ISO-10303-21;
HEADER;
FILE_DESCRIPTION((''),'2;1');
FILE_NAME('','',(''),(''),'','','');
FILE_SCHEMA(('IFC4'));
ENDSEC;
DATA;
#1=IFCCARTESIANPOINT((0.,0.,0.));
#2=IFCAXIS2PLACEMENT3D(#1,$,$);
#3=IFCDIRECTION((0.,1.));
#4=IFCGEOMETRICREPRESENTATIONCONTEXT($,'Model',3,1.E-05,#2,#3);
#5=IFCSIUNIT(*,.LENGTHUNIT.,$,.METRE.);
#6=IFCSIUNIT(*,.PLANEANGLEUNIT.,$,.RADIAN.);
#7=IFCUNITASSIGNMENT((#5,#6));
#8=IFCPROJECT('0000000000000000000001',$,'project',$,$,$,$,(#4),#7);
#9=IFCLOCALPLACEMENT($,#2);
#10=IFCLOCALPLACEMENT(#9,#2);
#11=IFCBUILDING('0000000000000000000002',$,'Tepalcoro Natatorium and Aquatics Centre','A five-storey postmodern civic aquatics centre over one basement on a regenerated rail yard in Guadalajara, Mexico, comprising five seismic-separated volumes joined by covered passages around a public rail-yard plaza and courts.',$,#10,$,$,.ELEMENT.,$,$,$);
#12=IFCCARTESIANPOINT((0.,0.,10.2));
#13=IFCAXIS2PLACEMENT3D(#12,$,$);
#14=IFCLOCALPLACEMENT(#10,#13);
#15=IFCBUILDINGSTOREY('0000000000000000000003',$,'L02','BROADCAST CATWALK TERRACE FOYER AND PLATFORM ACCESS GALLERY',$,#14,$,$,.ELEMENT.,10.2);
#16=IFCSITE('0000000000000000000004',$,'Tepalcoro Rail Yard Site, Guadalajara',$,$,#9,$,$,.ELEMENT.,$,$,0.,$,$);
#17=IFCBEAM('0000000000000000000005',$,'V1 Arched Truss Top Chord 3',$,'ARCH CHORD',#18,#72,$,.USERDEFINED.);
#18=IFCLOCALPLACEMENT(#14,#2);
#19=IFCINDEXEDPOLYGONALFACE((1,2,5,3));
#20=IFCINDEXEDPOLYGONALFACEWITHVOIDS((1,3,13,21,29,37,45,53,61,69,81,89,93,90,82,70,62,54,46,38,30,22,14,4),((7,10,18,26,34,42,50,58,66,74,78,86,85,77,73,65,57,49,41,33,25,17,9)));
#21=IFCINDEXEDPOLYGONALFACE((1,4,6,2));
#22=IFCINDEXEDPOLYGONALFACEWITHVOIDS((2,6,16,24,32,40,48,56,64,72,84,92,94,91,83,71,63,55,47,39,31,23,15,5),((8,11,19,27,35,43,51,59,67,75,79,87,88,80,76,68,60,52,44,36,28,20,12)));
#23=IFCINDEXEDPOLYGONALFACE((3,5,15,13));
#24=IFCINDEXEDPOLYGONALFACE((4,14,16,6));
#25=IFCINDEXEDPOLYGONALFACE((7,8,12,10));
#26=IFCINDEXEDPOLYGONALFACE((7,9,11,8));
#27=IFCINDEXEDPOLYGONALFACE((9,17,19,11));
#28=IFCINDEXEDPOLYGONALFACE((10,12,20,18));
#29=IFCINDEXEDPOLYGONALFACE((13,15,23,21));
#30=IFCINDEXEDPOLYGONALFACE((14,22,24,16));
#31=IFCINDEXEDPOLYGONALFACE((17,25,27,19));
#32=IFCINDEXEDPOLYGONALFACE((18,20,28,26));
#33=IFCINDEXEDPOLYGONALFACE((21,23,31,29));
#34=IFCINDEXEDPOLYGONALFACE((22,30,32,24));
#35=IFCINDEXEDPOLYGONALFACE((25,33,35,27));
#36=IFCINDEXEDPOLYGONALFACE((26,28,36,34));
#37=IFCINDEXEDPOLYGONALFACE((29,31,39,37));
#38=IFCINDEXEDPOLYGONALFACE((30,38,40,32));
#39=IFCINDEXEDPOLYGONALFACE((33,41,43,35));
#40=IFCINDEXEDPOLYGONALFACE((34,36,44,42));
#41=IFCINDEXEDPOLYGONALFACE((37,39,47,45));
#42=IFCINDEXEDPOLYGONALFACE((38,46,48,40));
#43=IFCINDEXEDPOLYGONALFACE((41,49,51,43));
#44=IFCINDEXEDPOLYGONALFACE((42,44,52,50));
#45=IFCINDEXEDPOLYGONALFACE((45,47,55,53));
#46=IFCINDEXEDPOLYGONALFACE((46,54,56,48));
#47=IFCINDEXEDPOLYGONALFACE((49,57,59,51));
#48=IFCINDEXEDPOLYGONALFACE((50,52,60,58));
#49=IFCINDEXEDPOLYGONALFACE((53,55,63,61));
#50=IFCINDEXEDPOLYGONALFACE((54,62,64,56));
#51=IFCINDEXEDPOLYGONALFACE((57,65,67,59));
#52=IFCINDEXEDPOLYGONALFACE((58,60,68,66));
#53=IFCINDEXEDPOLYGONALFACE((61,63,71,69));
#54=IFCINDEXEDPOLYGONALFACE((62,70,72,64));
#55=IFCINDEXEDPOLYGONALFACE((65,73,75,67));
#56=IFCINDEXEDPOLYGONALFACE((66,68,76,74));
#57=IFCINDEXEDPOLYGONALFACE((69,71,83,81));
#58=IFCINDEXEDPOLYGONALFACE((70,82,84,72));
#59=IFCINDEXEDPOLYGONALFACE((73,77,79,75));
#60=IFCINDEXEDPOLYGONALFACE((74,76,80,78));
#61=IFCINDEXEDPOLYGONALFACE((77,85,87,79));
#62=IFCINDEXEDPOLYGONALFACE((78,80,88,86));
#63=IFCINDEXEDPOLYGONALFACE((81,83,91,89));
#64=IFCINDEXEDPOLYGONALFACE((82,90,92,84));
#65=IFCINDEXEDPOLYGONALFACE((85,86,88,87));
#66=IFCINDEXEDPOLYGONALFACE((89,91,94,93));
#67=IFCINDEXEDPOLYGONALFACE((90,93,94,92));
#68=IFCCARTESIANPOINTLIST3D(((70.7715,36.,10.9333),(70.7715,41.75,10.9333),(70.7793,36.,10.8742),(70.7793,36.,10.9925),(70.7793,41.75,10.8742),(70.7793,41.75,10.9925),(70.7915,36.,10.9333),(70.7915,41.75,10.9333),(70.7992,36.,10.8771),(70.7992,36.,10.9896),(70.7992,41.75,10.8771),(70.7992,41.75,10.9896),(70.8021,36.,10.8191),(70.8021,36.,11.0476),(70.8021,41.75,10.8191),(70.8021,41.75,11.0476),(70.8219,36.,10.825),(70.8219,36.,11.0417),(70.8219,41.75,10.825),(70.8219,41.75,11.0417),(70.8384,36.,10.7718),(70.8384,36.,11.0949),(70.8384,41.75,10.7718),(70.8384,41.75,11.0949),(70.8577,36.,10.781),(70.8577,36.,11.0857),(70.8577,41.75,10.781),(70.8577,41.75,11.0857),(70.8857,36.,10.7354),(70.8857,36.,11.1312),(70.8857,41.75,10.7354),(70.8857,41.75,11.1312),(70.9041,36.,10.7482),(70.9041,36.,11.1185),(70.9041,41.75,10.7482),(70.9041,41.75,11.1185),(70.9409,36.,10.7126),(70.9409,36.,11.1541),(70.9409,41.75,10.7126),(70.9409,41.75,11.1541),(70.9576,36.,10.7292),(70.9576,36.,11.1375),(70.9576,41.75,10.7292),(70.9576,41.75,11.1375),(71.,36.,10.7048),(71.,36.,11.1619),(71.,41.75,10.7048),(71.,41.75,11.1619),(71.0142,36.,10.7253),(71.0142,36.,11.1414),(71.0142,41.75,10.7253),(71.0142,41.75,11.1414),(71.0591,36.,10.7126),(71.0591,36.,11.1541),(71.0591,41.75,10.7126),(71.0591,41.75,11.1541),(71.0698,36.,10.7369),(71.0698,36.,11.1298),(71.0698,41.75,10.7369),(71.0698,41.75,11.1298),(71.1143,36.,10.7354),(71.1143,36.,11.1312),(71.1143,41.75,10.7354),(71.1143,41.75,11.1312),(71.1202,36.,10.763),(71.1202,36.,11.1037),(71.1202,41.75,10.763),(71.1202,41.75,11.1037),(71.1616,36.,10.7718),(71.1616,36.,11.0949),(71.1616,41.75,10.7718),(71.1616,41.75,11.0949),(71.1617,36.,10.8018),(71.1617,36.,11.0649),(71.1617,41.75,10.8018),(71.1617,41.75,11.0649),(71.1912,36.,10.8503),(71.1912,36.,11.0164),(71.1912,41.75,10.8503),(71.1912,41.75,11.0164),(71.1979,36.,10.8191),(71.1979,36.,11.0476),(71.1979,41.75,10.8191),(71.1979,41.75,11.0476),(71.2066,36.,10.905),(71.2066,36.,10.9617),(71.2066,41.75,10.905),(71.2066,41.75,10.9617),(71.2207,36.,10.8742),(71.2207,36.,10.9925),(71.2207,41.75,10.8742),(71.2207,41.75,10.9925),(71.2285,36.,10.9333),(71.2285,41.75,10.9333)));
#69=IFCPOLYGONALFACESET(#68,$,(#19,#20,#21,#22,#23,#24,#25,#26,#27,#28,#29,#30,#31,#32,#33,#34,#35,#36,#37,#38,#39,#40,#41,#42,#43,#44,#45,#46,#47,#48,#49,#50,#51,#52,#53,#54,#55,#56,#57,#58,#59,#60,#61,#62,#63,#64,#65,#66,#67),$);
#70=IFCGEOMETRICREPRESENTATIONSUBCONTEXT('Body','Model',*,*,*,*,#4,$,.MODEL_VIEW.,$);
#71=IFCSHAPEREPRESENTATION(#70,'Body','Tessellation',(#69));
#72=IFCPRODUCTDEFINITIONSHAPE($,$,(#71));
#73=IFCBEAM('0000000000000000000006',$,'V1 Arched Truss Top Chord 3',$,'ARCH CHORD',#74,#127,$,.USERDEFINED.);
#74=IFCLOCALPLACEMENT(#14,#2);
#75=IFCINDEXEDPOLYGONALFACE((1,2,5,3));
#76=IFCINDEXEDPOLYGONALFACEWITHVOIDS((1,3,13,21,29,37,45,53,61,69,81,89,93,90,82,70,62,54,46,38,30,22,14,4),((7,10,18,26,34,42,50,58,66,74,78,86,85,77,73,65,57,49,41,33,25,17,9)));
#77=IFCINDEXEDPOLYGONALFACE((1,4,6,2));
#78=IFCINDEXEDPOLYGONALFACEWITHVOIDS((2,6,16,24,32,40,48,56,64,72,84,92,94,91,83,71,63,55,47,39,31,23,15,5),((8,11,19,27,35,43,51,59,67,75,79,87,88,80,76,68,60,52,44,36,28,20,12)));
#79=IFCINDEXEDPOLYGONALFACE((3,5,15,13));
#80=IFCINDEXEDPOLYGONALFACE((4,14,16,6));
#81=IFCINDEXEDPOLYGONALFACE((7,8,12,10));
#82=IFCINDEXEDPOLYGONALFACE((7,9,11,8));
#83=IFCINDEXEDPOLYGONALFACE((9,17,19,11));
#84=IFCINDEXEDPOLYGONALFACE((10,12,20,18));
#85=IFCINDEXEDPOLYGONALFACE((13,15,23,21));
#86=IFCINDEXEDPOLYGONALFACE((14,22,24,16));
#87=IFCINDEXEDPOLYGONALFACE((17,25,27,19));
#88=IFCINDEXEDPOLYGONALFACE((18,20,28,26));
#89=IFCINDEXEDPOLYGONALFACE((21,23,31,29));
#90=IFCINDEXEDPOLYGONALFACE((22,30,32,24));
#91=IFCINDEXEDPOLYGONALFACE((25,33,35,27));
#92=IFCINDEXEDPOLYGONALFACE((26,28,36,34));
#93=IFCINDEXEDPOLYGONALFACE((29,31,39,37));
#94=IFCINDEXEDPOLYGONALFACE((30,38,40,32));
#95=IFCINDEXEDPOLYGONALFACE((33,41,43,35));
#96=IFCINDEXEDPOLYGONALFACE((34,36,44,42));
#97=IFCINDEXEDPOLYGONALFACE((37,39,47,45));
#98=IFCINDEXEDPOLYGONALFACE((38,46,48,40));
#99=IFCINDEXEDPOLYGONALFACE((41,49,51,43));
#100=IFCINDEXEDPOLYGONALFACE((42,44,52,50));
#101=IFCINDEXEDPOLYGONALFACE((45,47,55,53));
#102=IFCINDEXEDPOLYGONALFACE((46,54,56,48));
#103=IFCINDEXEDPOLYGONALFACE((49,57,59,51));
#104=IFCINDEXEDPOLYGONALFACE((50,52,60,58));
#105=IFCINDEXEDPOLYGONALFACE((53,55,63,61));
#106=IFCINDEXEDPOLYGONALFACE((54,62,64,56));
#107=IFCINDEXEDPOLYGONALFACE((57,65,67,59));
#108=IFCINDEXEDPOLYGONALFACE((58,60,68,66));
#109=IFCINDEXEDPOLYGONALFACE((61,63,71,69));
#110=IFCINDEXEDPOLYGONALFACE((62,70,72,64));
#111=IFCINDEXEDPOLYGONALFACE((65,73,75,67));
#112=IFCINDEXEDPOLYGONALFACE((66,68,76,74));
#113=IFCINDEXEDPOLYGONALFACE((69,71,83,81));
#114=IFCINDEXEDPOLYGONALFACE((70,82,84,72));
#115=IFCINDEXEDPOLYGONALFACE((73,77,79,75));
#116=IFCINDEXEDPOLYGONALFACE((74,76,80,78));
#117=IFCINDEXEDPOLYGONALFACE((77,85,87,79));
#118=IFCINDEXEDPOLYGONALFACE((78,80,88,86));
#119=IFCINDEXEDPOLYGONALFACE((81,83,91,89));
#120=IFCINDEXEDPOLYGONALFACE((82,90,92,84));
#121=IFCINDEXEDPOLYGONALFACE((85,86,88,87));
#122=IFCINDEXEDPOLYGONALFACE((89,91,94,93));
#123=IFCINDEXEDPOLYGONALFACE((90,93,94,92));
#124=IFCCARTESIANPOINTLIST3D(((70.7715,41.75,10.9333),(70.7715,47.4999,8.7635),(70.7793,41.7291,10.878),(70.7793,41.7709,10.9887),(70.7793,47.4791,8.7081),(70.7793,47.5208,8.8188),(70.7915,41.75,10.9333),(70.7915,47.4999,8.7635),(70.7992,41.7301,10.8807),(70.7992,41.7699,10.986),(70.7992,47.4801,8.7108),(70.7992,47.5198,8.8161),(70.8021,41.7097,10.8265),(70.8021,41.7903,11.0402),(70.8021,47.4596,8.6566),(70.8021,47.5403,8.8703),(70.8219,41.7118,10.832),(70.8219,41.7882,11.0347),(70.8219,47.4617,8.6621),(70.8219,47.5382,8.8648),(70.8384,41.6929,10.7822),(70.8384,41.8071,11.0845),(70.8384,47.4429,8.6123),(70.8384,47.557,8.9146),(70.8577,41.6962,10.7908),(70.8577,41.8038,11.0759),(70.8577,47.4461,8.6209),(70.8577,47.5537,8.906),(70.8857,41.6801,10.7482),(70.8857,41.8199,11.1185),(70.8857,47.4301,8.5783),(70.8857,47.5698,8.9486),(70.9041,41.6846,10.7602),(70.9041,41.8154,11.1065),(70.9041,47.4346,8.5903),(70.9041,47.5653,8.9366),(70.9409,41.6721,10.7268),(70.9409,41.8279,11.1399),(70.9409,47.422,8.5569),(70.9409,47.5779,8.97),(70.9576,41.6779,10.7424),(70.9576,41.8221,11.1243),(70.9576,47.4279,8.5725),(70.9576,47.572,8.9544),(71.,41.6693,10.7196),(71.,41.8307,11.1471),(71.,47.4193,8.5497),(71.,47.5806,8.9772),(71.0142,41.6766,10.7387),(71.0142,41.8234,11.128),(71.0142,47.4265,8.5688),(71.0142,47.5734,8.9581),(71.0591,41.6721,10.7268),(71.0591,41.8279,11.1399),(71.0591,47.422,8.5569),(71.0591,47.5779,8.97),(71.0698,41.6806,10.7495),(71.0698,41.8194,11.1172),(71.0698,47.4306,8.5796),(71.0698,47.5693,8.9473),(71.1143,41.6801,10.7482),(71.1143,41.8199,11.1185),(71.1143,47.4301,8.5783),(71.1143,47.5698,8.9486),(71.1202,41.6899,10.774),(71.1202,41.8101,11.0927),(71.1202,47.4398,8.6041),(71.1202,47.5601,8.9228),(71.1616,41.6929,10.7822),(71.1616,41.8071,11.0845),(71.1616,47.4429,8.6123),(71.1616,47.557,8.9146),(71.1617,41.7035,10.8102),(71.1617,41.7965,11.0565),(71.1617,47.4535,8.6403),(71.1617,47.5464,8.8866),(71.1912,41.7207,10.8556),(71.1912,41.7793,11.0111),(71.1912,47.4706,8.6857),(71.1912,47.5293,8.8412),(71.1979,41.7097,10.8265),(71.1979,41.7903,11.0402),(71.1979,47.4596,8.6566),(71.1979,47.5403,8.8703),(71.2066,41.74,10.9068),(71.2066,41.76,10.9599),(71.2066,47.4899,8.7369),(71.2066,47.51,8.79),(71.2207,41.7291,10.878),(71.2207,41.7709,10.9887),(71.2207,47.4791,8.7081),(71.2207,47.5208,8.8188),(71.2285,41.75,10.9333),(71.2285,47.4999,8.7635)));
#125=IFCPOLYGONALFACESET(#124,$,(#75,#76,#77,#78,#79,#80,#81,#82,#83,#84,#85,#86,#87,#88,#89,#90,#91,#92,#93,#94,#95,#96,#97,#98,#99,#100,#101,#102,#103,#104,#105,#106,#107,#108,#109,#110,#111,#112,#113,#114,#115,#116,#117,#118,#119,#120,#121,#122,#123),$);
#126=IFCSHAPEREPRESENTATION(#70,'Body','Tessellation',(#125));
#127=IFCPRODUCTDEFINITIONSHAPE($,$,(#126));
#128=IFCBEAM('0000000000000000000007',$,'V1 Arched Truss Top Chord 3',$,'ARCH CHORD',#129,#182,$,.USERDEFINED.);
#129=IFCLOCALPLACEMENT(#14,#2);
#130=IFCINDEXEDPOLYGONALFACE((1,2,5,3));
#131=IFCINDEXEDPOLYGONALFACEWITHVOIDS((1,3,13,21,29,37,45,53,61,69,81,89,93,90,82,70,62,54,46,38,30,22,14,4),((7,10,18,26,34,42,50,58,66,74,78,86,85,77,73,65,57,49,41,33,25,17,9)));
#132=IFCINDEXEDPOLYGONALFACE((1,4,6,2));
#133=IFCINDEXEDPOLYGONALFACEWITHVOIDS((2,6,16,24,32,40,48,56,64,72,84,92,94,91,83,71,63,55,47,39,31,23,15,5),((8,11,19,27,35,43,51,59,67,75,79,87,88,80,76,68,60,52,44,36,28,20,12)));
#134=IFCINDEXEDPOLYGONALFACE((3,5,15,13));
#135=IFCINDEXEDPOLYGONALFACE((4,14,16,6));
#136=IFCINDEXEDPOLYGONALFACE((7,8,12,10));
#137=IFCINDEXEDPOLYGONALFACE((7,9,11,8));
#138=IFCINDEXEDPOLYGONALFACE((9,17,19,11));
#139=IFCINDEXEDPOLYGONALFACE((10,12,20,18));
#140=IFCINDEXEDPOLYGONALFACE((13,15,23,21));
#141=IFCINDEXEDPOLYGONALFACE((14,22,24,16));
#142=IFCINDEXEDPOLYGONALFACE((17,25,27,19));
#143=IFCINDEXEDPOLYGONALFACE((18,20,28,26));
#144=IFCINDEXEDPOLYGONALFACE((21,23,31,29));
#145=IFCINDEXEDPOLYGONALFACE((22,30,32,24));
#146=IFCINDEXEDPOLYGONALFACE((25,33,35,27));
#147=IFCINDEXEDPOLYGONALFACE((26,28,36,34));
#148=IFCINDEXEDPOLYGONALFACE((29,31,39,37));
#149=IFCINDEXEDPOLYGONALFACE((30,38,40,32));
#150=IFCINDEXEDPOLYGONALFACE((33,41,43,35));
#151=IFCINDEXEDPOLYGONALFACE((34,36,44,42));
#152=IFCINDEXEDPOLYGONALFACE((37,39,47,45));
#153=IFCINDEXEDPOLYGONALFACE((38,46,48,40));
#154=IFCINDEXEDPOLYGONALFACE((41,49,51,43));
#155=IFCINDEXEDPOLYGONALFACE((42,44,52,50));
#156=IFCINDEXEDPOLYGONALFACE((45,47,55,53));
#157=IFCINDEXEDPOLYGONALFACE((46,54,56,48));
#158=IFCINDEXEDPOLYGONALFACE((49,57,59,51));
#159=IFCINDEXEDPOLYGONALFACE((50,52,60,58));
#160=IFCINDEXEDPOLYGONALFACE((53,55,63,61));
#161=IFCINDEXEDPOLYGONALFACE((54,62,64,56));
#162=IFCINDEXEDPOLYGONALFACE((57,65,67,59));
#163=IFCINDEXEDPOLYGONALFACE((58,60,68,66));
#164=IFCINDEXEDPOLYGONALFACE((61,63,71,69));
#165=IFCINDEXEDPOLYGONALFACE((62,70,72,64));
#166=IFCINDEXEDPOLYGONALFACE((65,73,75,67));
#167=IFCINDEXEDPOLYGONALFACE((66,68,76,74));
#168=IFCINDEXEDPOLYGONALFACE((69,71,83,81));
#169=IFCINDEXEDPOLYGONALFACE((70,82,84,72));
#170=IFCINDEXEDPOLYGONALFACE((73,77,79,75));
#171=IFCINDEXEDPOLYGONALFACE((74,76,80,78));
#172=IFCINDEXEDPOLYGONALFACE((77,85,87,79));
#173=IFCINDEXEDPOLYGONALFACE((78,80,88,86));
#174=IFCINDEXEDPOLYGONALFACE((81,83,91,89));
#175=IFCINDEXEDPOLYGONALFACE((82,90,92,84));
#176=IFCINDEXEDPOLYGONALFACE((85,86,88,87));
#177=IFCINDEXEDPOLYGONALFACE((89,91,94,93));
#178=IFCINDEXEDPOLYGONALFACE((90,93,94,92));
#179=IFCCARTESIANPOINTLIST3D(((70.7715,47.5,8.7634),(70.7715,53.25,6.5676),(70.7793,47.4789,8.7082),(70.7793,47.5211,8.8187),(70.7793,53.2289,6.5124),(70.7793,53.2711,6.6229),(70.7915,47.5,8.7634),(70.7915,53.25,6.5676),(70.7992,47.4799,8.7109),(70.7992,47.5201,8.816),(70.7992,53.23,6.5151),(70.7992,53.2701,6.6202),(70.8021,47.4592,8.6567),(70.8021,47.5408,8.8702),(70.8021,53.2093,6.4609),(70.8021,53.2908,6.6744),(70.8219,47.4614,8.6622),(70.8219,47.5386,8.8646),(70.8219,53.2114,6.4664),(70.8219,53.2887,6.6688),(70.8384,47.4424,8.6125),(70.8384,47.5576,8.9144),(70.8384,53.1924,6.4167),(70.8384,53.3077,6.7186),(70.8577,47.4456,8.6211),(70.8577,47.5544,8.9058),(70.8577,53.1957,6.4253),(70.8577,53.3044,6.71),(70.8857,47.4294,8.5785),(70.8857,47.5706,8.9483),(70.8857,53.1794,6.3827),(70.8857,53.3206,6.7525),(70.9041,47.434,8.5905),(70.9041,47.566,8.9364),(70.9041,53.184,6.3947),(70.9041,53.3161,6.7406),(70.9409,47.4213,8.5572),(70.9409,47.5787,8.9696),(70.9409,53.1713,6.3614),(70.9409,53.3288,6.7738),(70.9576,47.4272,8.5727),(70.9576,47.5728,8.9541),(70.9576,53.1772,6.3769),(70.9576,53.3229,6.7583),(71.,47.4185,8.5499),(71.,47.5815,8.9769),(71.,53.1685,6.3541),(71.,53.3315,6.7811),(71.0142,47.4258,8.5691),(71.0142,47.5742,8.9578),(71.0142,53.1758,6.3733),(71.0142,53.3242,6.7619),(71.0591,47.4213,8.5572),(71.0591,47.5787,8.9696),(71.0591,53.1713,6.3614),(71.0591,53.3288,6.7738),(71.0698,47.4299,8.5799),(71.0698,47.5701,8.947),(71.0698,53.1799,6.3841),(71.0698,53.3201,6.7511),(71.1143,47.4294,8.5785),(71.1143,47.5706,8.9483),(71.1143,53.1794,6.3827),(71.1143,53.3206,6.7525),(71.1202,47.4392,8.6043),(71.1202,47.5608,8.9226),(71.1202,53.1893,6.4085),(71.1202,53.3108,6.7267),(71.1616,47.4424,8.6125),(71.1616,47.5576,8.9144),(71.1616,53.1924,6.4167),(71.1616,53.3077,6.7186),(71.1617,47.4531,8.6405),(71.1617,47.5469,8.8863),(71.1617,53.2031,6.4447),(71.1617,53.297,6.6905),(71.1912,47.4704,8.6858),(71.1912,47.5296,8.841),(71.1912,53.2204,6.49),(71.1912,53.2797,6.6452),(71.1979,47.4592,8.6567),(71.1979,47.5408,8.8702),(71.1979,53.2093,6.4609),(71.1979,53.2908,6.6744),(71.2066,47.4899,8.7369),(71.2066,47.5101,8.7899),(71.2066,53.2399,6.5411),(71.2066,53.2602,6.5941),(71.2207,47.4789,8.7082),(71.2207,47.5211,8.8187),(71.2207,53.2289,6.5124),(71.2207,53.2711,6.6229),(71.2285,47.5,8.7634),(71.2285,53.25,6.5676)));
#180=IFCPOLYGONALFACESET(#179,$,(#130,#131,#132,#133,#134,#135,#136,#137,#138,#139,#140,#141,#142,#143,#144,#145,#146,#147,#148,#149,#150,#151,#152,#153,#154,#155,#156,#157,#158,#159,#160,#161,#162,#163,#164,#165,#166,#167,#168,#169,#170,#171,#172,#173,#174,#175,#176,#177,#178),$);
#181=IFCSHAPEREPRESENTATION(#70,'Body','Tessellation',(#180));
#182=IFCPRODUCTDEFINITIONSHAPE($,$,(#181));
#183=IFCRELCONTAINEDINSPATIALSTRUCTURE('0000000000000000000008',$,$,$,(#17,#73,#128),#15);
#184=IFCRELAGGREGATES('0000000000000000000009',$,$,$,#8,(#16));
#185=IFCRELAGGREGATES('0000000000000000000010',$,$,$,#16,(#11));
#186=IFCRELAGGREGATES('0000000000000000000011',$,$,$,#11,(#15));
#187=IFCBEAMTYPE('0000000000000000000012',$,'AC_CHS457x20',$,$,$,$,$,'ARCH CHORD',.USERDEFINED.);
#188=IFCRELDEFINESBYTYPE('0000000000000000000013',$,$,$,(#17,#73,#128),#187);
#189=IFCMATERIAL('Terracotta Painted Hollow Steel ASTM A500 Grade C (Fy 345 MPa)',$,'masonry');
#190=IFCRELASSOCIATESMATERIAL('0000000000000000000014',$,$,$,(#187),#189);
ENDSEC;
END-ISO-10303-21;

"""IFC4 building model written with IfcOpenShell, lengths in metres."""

from ifc_helpers import new_model, si_unit, direction, frame, origin, origin_2d, place, context, subcontext, project, spatial, hollow_circle, extrude, material, material_profile, profile_set, type_object, element, save


model = new_model("IFC4")

# Units and contexts
model_context = context("Model", 3, precision=1e-05, world=origin(), true_north=direction((0.0, 1.0)))
body_context = subcontext(model_context, "Body", "Model", "MODEL_VIEW")
ifc_project = project(units=[si_unit("LENGTHUNIT", "METRE"), si_unit("PLANEANGLEUNIT", "RADIAN")], contexts=[model_context])

# Site, building, storey
site_placement = place(None, origin())
site = spatial("IfcSite", under=ifc_project, at=site_placement, Name="Tepalcoro Rail Yard Site, Guadalajara", CompositionType="ELEMENT", RefElevation=0.0)
building_placement = place(site_placement, origin())
building = spatial("IfcBuilding", under=site, at=building_placement, Name="Tepalcoro Natatorium and Aquatics Centre", Description="A five-storey postmodern civic aquatics centre over one basement on a regenerated rail yard in Guadalajara, Mexico, comprising five seismic-separated volumes joined by covered passages around a public rail-yard plaza and courts.", CompositionType="ELEMENT")
storey_placement = place(building_placement, frame((0.0, 0.0, 10.2)))
storey = spatial("IfcBuildingStorey", under=building, at=storey_placement, Name="L02", Description="BROADCAST CATWALK TERRACE FOYER AND PLATFORM ACCESS GALLERY", CompositionType="ELEMENT", Elevation=10.2)

# Beams
ifc_material_1 = material(Name="Terracotta Painted Hollow Steel ASTM A500 Grade C (Fy 345 MPa)", Category="masonry")
ifc_material_profile_1 = material_profile(ifc_material_1, hollow_circle(Radius=0.2285, WallThickness=0.02, at=origin_2d()), Name="CHS457X20")
ifc_profile_set_1 = profile_set([ifc_material_profile_1], Name="Terracotta Painted Hollow Steel ASTM A500 Grade C (Fy 345 MPa)")
beam_type_1 = type_object("IfcBeamType", Name="AC_CHS457x20", ElementType="ARCH CHORD", PredefinedType="USERDEFINED", material=ifc_profile_set_1)
beam_1_placement = place(storey_placement, frame((71.0, 36.0, 10.9333), z_axis=(0.0, 1.0, 0.0), x_axis=(-1.0, 0.0, 0.0)))
element("IfcBeam", 1, at=beam_1_placement, inside=storey, type_object=beam_type_1, Name="V1 Arched Truss Top Chord 3", ObjectType="ARCH CHORD", PredefinedType="USERDEFINED", context=body_context, shape_type="SweptSolid", body=[
    extrude(hollow_circle(Radius=0.2285, WallThickness=0.02, at=origin_2d()), origin(), (0.0, 0.0, 1.0), 5.75),
])
beam_2_placement = place(storey_placement, frame((71.0, 41.75, 10.9333), z_axis=(0.0, 0.935596, -0.353073), x_axis=(-1.0, 0.0, 0.0)))
element("IfcBeam", 2, at=beam_2_placement, inside=storey, type_object=beam_type_1, Name="V1 Arched Truss Top Chord 3", ObjectType="ARCH CHORD", PredefinedType="USERDEFINED", context=body_context, shape_type="SweptSolid", body=[
    extrude(hollow_circle(Radius=0.2285, WallThickness=0.02, at=origin_2d()), origin(), (0.0, 0.0, 1.0), 6.1458),
])
beam_3_placement = place(storey_placement, frame((71.0, 47.5, 8.7634), z_axis=(0.0, 0.9342, -0.356751), x_axis=(-1.0, 0.0, 0.0)))
element("IfcBeam", 3, at=beam_3_placement, inside=storey, type_object=beam_type_1, Name="V1 Arched Truss Top Chord 3", ObjectType="ARCH CHORD", PredefinedType="USERDEFINED", context=body_context, shape_type="SweptSolid", body=[
    extrude(hollow_circle(Radius=0.2285, WallThickness=0.02, at=origin_2d()), origin(), (0.0, 0.0, 1.0), 6.155),
])

save(model, "model.ifc")
